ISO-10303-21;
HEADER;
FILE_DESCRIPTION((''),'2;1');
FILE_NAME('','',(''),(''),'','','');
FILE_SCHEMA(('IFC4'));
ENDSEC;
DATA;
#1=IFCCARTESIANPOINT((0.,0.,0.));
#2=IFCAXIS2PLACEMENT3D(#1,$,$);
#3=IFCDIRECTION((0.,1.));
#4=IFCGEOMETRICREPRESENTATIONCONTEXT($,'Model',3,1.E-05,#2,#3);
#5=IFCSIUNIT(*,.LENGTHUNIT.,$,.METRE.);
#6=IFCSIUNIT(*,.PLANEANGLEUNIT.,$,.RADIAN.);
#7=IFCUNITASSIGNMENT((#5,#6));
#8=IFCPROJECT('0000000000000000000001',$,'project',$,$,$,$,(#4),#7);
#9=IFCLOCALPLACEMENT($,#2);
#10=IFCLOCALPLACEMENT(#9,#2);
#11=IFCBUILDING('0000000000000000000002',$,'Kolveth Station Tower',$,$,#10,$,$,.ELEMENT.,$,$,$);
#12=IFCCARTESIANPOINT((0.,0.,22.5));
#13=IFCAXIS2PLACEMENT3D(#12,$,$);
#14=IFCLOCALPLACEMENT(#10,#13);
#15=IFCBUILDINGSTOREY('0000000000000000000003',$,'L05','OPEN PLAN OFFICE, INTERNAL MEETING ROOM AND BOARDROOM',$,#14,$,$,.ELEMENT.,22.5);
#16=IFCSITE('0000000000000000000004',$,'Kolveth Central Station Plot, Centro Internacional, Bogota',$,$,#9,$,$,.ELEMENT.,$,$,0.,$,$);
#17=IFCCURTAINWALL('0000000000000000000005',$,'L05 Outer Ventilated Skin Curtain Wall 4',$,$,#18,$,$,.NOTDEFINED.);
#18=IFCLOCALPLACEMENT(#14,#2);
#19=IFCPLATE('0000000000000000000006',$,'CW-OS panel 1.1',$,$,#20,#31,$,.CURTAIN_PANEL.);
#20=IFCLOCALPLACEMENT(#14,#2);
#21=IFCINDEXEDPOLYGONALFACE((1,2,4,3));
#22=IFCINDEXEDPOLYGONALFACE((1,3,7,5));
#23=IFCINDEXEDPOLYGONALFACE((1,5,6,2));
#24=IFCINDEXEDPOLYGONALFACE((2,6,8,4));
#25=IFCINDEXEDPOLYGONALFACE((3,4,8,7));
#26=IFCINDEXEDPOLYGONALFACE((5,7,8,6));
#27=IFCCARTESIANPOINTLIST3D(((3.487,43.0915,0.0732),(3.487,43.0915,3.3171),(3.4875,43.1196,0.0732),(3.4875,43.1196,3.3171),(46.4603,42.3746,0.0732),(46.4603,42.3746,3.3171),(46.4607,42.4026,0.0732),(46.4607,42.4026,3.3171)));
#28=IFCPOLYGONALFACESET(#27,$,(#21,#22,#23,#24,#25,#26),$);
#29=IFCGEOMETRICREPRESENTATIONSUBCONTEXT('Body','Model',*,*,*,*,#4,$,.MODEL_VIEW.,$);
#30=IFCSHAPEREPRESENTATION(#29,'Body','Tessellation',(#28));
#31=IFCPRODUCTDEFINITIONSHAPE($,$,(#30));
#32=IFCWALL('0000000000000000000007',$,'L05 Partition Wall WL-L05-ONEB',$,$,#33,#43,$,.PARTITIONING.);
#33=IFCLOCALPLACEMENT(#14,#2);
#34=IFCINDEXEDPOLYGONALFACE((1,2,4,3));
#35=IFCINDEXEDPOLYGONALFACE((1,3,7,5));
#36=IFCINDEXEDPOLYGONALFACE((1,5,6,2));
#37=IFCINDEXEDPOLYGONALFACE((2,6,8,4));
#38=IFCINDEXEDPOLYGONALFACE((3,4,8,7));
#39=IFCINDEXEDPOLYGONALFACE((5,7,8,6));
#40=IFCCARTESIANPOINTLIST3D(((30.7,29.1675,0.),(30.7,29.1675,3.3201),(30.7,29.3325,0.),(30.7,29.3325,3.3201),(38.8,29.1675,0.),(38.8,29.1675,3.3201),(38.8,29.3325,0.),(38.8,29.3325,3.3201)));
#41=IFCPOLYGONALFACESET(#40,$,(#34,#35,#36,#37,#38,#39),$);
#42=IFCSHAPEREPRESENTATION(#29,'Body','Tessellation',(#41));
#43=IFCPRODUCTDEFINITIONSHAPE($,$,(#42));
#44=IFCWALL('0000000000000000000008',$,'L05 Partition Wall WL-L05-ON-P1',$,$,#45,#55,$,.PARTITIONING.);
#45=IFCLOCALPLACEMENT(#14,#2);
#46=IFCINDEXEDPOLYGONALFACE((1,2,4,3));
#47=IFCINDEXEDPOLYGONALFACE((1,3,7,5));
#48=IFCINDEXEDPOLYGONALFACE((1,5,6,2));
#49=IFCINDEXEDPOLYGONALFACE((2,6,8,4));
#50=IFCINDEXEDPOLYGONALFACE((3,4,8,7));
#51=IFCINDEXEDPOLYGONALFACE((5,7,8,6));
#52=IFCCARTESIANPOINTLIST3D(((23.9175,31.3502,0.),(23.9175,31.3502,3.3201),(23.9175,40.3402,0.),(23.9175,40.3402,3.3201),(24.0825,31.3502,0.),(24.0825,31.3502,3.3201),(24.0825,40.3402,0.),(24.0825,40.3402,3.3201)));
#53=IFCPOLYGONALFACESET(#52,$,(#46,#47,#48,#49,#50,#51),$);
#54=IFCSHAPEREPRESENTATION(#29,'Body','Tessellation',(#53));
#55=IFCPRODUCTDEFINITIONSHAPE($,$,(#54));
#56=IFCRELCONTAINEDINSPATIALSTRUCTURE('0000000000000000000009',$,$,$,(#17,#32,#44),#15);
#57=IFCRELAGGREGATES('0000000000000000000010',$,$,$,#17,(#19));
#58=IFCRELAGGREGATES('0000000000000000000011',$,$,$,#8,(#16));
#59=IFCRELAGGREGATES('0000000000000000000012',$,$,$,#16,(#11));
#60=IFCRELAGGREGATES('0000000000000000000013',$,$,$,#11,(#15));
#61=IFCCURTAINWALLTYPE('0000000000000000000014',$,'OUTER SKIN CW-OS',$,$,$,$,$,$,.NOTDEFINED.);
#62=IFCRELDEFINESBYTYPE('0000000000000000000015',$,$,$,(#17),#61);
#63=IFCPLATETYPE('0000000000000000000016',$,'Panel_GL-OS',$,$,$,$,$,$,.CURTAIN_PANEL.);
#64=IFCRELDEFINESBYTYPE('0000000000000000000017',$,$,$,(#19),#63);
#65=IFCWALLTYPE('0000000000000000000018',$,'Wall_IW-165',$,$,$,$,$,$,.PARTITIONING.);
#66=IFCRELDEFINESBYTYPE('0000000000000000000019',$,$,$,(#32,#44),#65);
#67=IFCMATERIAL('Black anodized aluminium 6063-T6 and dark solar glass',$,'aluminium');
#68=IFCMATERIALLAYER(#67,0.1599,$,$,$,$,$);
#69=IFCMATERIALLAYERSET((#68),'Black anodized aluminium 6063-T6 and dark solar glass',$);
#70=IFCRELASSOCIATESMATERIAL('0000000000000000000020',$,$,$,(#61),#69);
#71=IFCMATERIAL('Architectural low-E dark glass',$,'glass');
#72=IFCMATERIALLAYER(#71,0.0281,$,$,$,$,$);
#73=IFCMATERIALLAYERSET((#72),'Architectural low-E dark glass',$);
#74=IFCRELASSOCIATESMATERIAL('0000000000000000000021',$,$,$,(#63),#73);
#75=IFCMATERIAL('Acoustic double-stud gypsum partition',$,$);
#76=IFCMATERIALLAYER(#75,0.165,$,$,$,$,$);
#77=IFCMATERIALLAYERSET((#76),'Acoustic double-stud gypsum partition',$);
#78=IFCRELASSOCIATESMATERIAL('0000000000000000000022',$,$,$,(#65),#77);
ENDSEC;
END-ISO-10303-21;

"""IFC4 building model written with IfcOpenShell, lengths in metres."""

from ifc_helpers import new_model, si_unit, direction, frame, frame_2d, origin, origin_2d, place, context, subcontext, project, spatial, rectangle, extrude, source, transform, mapped, material, layer, layer_set, type_object, element, aggregate, save


model = new_model("IFC4")

# Units and contexts
model_context = context("Model", 3, precision=1e-05, world=origin(), true_north=direction((0.0, 1.0)))
body_context = subcontext(model_context, "Body", "Model", "MODEL_VIEW")
ifc_project = project(units=[si_unit("LENGTHUNIT", "METRE"), si_unit("PLANEANGLEUNIT", "RADIAN")], contexts=[model_context])

# Site, building, storey
site_placement = place(None, origin())
site = spatial("IfcSite", under=ifc_project, at=site_placement, Name="Kolveth Central Station Plot, Centro Internacional, Bogota", CompositionType="ELEMENT", RefElevation=0.0)
building_placement = place(site_placement, origin())
building = spatial("IfcBuilding", under=site, at=building_placement, Name="Kolveth Station Tower", CompositionType="ELEMENT")
storey_placement = place(building_placement, frame((0.0, 0.0, 22.5)))
storey = spatial("IfcBuildingStorey", under=building, at=storey_placement, Name="L05", Description="OPEN PLAN OFFICE, INTERNAL MEETING ROOM AND BOARDROOM", CompositionType="ELEMENT", Elevation=22.5)

# Curtain wall, plate
ifc_material_1 = material(Name="Architectural low-E dark glass", Category="glass")
ifc_material_2 = material(Name="Black anodized aluminium 6063-T6 and dark solar glass", Category="aluminium")
ifc_layer_1 = layer(ifc_material_2, 0.1599)
ifc_layer_set_1 = layer_set([ifc_layer_1], Name="Black anodized aluminium 6063-T6 and dark solar glass")
curtain_wall_type_1 = type_object("IfcCurtainWallType", Name="OUTER SKIN CW-OS", PredefinedType="NOTDEFINED", material=ifc_layer_set_1)
curtain_wall_1_placement = place(storey_placement, origin())
curtain_wall_1 = element("IfcCurtainWall", 1, at=curtain_wall_1_placement, inside=storey, type_object=curtain_wall_type_1, Name="L05 Outer Ventilated Skin Curtain Wall 4", PredefinedType="NOTDEFINED")
ifc_layer_2 = layer(ifc_material_1, 0.0281)
ifc_layer_set_2 = layer_set([ifc_layer_2], Name="Architectural low-E dark glass")
plate_type_1 = type_object("IfcPlateType", Name="Panel_GL-OS", PredefinedType="CURTAIN_PANEL", material=ifc_layer_set_2)
shared_shape_1 = source(origin(), body_context, "Body", "SweptSolid", [
    extrude(rectangle(XDim=42.9792, YDim=0.0281, at=origin_2d()), origin(), (0.0, 0.0, 1.0), 3.2439),
])
plate_1_placement = place(storey_placement, frame((24.9739, 42.7471, 0.0732), z_axis=(0.0, 0.0, 1.0), x_axis=(-0.999861, 0.016681, 0.0)))
plate_1 = element("IfcPlate", 2, at=plate_1_placement, type_object=plate_type_1, Name="CW-OS panel 1.1", PredefinedType="CURTAIN_PANEL", context=body_context, shape_type="MappedRepresentation", body=[
    mapped(shared_shape_1, transform((0.0, 0.0, 0.0), x_axis=(1.0, 0.0, 0.0), y_axis=(0.0, 1.0, 0.0), z_axis=(0.0, 0.0, 1.0), scale=1.0)),
])
aggregate(curtain_wall_1, [plate_1])

# Walls
ifc_material_3 = material(Name="Acoustic double-stud gypsum partition")
ifc_layer_3 = layer(ifc_material_3, 0.165)
ifc_layer_set_3 = layer_set([ifc_layer_3], Name="Acoustic double-stud gypsum partition")
wall_type = type_object("IfcWallType", Name="Wall_IW-165", PredefinedType="PARTITIONING", material=ifc_layer_set_3)
wall_1_placement = place(storey_placement, frame((30.7, 29.25, 0.0), z_axis=(0.0, 0.0, 1.0), x_axis=(1.0, 0.0, 0.0)))
element("IfcWall", 3, at=wall_1_placement, inside=storey, type_object=wall_type, Name="L05 Partition Wall WL-L05-ONEB", PredefinedType="PARTITIONING", context=body_context, shape_type="SweptSolid", body=[
    extrude(rectangle(XDim=8.1001, YDim=0.165, at=frame_2d((4.05, 0.0))), origin(), (0.0, 0.0, 1.0), 3.3201),
])
wall_2_placement = place(storey_placement, frame((24.0, 31.3501, 0.0), z_axis=(0.0, 0.0, 1.0), x_axis=(0.0, 1.0, 0.0)))
element("IfcWall", 4, at=wall_2_placement, inside=storey, type_object=wall_type, Name="L05 Partition Wall WL-L05-ON-P1", PredefinedType="PARTITIONING", context=body_context, shape_type="SweptSolid", body=[
    extrude(rectangle(XDim=8.99, YDim=0.165, at=frame_2d((4.4951, 0.0))), origin(), (0.0, 0.0, 1.0), 3.3201),
])

save(model, "model.ifc")
